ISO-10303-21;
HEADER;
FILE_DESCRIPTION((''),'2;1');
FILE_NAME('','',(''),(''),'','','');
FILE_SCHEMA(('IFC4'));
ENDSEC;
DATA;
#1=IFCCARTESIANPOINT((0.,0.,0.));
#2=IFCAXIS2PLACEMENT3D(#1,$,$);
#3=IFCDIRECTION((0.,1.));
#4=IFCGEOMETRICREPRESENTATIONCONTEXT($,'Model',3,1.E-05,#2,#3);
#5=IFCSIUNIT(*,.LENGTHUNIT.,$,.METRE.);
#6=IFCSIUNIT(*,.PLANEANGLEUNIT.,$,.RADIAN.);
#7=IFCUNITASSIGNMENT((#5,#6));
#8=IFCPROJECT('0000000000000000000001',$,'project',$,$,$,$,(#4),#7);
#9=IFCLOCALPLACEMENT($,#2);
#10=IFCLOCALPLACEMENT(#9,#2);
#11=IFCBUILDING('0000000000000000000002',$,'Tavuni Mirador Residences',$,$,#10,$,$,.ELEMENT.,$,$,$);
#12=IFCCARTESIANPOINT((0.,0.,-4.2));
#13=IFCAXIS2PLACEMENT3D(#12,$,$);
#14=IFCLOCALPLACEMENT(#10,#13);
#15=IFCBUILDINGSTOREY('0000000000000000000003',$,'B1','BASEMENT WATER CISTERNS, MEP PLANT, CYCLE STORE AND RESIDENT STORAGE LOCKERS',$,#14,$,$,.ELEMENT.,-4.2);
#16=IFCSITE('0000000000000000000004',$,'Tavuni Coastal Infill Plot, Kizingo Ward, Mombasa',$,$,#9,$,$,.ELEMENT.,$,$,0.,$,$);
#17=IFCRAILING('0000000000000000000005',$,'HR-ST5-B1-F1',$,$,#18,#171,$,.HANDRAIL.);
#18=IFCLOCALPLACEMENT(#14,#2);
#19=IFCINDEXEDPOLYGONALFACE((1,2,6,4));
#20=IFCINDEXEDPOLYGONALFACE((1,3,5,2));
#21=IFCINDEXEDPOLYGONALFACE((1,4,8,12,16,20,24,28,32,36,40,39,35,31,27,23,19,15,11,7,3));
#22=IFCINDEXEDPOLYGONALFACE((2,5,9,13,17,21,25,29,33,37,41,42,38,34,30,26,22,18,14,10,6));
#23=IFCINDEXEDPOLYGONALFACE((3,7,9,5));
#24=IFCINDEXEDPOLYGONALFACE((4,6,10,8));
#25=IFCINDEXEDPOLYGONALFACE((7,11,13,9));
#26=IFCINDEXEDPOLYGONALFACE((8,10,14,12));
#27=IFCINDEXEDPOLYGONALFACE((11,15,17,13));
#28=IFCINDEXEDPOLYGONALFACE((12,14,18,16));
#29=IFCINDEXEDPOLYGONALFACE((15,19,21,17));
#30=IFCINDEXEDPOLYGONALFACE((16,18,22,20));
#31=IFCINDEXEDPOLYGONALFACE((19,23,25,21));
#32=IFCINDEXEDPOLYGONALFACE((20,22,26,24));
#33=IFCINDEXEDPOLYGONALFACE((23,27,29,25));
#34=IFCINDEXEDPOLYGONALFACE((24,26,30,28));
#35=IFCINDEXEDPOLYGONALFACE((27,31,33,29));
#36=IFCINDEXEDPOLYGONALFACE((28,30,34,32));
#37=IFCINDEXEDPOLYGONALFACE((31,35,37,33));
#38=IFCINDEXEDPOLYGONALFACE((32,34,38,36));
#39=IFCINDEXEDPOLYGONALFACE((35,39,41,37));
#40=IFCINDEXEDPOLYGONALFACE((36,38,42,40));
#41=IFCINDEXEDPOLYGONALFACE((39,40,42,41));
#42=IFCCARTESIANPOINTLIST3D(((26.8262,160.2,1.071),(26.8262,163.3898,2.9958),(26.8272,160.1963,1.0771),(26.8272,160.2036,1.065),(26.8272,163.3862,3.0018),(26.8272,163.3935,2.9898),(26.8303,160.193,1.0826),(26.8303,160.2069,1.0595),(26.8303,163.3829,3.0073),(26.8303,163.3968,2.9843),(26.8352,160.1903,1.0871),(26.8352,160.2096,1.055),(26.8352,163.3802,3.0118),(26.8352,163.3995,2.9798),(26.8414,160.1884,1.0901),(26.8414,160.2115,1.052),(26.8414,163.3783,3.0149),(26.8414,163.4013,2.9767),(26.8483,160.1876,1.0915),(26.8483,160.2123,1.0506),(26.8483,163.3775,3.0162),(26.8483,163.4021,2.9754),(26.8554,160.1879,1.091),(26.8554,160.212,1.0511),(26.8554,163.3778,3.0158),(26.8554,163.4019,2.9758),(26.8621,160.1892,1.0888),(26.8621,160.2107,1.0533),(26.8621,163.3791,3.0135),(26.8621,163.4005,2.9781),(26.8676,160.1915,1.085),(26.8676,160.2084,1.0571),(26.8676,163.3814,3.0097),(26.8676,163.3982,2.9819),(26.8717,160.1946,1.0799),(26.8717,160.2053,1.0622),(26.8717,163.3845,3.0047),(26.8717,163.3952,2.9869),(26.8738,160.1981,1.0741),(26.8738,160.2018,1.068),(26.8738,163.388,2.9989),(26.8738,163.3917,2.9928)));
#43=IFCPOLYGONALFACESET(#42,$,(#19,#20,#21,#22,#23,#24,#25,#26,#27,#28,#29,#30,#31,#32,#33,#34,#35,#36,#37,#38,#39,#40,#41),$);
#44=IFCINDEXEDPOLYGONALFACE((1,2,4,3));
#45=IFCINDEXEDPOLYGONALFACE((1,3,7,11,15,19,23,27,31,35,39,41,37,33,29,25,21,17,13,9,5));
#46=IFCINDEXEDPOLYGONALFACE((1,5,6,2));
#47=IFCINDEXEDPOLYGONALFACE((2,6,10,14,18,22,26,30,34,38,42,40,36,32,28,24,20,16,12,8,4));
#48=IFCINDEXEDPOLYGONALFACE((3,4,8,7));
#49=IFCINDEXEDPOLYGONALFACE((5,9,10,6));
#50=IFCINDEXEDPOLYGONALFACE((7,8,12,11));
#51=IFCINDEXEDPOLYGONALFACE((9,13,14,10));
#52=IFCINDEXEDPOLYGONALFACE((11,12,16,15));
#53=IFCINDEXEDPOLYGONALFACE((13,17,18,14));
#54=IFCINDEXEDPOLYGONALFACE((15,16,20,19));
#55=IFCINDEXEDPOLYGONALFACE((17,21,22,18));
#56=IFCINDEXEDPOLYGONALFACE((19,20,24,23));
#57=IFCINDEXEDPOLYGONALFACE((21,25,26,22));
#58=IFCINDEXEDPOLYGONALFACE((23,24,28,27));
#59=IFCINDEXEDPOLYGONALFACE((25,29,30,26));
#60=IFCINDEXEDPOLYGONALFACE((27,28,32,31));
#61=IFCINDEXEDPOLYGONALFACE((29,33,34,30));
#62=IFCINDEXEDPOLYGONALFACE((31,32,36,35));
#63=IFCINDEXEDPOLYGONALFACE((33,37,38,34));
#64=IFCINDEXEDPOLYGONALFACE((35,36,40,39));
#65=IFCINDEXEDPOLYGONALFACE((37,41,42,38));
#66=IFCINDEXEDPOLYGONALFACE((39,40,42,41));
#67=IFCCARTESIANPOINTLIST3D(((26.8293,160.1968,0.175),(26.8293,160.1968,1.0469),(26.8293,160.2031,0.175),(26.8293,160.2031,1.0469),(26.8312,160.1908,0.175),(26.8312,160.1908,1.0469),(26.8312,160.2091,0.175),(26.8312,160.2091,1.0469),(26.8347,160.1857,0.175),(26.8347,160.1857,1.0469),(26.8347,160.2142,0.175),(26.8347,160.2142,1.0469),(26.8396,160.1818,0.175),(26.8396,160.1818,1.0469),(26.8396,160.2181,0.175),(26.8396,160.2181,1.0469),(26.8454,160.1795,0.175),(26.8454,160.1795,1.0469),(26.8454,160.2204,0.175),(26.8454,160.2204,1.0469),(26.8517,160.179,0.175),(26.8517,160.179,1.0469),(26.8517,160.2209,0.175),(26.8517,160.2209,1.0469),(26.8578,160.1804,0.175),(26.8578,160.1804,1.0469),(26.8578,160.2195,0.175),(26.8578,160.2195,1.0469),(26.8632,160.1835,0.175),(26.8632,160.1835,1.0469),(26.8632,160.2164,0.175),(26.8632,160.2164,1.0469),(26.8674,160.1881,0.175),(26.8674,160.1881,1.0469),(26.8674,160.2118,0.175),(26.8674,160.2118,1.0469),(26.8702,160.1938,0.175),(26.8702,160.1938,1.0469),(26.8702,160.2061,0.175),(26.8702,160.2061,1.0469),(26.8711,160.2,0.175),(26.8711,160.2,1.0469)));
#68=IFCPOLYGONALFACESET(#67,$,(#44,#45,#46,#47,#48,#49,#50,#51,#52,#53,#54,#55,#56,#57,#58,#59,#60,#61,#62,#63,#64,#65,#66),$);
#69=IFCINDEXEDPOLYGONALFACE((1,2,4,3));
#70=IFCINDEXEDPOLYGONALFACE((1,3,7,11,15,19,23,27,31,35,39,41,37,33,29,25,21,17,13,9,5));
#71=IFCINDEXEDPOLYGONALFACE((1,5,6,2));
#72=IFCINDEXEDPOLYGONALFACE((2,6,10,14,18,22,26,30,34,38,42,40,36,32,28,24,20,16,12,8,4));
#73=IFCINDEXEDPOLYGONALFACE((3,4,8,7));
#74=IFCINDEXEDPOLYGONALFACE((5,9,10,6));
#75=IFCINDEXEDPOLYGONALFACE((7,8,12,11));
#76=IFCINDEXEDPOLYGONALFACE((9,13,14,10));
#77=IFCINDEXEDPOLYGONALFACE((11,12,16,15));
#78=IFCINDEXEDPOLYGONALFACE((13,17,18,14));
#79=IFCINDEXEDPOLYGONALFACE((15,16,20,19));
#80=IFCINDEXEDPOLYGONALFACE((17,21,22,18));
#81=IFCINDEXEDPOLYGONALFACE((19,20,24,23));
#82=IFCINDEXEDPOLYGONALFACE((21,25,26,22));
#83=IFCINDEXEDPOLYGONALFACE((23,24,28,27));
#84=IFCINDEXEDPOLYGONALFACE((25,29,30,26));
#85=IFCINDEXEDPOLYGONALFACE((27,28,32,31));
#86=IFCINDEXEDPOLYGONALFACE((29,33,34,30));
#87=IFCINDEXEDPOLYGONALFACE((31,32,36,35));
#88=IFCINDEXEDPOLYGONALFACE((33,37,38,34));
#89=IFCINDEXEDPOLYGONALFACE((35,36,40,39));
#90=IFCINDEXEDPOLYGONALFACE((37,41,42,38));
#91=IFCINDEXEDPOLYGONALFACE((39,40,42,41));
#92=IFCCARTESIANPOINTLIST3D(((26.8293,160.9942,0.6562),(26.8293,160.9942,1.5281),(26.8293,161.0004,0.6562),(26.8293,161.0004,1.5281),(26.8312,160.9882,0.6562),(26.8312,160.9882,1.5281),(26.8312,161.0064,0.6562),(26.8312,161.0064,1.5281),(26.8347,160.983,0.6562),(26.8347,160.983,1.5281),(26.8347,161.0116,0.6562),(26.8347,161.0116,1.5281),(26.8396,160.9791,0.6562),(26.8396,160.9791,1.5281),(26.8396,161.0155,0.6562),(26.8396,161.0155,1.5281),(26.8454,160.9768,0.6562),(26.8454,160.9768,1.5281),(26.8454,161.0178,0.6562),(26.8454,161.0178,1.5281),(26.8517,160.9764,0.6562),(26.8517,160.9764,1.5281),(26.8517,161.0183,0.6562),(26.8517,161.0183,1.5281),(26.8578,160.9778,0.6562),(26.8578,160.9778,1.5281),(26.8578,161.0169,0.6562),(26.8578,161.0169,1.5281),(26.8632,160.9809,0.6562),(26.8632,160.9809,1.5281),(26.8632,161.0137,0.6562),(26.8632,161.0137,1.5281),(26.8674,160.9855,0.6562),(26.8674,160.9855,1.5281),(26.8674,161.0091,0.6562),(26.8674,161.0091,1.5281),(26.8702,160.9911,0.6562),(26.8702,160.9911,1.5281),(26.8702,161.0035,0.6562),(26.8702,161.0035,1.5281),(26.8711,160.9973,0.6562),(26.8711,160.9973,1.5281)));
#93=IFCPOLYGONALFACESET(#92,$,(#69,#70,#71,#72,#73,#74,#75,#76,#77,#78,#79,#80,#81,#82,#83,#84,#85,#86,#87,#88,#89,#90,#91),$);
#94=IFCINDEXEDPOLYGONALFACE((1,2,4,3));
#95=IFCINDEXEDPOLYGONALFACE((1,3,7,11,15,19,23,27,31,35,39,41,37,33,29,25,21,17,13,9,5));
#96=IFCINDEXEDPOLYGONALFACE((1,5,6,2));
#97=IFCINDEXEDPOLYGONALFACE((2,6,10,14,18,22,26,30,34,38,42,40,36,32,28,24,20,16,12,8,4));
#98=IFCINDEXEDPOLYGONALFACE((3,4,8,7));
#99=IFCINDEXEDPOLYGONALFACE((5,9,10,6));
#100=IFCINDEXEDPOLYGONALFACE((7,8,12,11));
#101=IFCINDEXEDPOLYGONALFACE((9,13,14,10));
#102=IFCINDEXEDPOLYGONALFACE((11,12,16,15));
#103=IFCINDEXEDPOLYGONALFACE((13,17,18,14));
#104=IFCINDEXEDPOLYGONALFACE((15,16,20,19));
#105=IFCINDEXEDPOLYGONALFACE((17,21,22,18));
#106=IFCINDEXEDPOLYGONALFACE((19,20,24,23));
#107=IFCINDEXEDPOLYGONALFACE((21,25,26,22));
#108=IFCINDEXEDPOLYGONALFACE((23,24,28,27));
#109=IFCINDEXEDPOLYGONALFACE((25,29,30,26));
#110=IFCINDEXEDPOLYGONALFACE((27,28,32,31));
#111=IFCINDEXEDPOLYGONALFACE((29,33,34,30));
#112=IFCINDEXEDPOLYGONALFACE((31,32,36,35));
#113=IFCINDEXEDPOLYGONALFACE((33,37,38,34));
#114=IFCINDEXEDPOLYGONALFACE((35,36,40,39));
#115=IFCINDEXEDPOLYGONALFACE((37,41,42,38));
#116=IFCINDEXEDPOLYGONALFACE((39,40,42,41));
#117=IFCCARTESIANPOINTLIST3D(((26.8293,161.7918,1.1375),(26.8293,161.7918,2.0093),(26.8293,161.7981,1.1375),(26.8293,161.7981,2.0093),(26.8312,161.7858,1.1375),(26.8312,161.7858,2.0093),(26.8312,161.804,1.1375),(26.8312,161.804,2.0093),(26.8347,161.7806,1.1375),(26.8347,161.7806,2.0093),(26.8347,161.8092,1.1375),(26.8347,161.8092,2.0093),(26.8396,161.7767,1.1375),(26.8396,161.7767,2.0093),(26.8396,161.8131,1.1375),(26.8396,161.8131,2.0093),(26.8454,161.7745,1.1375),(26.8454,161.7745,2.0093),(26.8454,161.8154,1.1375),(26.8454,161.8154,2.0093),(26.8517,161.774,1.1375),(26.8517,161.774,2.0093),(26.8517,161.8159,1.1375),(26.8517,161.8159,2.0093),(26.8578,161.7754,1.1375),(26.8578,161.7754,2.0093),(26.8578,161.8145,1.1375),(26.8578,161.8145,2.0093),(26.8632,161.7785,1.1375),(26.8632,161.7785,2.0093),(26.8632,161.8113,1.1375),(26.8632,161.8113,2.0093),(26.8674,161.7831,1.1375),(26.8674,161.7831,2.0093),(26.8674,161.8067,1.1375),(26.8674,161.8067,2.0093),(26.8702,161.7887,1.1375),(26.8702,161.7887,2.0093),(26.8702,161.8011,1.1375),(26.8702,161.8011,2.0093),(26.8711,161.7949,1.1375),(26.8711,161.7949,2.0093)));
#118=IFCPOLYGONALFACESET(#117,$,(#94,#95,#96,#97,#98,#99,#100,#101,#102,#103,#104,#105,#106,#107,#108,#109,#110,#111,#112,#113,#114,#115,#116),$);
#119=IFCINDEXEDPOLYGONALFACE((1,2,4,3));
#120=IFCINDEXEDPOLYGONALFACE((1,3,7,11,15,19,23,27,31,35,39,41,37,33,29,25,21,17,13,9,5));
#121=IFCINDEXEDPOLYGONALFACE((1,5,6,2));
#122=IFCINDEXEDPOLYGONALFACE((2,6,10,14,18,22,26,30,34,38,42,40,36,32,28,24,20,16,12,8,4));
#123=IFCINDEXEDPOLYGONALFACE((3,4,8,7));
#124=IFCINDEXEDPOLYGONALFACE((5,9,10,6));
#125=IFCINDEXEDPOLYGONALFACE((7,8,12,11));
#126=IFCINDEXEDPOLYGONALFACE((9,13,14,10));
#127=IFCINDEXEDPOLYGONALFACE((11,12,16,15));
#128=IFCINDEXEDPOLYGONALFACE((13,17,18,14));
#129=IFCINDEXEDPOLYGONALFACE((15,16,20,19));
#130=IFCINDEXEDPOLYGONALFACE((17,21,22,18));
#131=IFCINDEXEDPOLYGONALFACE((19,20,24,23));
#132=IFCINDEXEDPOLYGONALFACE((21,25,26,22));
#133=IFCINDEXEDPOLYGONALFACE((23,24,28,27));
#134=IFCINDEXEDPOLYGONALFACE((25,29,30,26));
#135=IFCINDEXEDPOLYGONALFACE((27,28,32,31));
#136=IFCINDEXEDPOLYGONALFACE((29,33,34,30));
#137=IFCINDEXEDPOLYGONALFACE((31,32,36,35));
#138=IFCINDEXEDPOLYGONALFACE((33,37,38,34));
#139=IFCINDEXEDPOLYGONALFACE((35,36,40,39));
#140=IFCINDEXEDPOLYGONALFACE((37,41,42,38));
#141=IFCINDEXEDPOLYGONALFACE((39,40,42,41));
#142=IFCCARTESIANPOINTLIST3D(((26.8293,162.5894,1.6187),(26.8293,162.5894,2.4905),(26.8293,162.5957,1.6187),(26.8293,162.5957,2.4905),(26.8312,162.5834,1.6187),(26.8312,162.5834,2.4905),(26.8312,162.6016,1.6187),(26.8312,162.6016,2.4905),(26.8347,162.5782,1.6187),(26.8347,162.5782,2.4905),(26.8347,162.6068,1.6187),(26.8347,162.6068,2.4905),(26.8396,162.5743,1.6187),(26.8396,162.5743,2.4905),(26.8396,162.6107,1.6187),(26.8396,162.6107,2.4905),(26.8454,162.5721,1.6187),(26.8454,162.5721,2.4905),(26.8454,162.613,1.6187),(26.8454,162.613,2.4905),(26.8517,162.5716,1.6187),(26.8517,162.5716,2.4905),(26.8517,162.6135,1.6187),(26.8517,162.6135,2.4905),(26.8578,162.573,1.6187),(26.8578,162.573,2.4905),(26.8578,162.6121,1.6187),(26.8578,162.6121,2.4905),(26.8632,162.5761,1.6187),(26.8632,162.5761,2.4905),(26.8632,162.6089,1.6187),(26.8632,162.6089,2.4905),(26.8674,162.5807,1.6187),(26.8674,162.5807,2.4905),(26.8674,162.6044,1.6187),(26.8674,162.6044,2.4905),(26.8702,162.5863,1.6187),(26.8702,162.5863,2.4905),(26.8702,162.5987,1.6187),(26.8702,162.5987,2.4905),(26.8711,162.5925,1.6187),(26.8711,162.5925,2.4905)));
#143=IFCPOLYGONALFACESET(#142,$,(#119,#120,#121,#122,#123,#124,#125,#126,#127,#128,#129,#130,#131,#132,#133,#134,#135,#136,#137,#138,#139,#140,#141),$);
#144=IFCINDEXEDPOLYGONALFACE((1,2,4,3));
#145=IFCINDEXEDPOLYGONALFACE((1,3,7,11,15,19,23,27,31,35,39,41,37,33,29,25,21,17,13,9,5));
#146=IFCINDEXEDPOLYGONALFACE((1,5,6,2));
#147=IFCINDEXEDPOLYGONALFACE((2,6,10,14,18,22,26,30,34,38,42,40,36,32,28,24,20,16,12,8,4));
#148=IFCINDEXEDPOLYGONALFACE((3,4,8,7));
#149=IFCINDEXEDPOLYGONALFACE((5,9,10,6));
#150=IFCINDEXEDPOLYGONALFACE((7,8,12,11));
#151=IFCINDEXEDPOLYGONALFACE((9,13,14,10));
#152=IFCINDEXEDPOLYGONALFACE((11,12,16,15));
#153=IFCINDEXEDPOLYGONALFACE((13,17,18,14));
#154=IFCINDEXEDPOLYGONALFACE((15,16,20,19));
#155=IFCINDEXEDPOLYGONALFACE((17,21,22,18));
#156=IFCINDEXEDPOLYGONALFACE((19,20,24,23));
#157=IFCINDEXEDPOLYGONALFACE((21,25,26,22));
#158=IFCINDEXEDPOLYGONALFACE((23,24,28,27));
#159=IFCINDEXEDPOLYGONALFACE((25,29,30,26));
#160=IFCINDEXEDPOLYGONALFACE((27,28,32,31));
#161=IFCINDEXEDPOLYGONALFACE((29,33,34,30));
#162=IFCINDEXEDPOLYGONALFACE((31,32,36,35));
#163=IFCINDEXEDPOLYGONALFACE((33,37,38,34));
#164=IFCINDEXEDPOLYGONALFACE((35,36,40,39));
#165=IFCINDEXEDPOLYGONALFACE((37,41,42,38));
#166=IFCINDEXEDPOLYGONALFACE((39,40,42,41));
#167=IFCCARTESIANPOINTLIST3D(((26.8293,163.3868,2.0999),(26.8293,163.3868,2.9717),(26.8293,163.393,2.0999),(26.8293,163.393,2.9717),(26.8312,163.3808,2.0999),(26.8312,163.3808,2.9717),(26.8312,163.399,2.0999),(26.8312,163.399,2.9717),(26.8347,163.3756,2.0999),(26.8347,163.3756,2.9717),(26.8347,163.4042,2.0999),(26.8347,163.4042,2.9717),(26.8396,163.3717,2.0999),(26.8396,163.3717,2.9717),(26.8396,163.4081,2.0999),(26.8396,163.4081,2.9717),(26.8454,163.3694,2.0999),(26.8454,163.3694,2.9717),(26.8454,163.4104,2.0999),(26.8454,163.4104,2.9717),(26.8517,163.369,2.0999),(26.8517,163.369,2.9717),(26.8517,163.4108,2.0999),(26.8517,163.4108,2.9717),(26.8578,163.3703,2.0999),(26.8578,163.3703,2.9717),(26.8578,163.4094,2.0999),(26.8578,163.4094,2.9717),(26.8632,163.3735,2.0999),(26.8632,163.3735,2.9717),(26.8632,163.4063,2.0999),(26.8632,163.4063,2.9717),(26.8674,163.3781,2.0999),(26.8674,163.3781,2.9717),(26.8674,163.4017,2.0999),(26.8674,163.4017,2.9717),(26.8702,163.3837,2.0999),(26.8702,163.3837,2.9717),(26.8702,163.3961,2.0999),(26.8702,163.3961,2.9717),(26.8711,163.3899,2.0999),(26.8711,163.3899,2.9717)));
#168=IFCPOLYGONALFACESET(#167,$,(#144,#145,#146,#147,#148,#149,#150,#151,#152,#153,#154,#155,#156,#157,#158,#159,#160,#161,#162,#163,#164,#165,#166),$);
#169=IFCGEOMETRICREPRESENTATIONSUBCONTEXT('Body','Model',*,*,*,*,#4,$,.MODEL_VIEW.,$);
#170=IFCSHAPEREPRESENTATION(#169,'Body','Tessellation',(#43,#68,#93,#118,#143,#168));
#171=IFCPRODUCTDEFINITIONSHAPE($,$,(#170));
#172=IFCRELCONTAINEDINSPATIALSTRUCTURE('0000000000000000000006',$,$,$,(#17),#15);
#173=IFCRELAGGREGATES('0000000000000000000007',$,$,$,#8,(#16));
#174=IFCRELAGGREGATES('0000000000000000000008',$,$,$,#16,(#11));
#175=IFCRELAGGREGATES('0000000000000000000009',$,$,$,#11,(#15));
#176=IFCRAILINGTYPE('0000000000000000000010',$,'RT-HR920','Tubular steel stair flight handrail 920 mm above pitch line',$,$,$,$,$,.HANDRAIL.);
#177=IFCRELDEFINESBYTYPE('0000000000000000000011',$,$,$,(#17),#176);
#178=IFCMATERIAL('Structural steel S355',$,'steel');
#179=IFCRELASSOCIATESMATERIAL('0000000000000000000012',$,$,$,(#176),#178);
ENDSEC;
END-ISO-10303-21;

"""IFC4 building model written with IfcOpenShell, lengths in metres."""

from ifc_helpers import new_model, si_unit, direction, frame, origin, origin_2d, place, context, subcontext, project, spatial, circle, extrude, material, type_object, element, save


model = new_model("IFC4")

# Units and contexts
model_context = context("Model", 3, precision=1e-05, world=origin(), true_north=direction((0.0, 1.0)))
body_context = subcontext(model_context, "Body", "Model", "MODEL_VIEW")
ifc_project = project(units=[si_unit("LENGTHUNIT", "METRE"), si_unit("PLANEANGLEUNIT", "RADIAN")], contexts=[model_context])

# Site, building, storey
site_placement = place(None, origin())
site = spatial("IfcSite", under=ifc_project, at=site_placement, Name="Tavuni Coastal Infill Plot, Kizingo Ward, Mombasa", CompositionType="ELEMENT", RefElevation=0.0)
building_placement = place(site_placement, origin())
building = spatial("IfcBuilding", under=site, at=building_placement, Name="Tavuni Mirador Residences", CompositionType="ELEMENT")
storey_placement = place(building_placement, frame((0.0, 0.0, -4.2)))
storey = spatial("IfcBuildingStorey", under=building, at=storey_placement, Name="B1", Description="BASEMENT WATER CISTERNS, MEP PLANT, CYCLE STORE AND RESIDENT STORAGE LOCKERS", CompositionType="ELEMENT", Elevation=-4.2)

# Shared definitions
ifc_material_1 = material(Name="Structural steel S355", Category="steel")

# Railing
railing_type_1 = type_object("IfcRailingType", Name="RT-HR920", Description="Tubular steel stair flight handrail 920 mm above pitch line", PredefinedType="HANDRAIL", material=ifc_material_1)
railing_1_placement = place(storey_placement, frame((26.8501, 160.2, 0.175)))
element("IfcRailing", 1, at=railing_1_placement, inside=storey, type_object=railing_type_1, Name="HR-ST5-B1-F1", PredefinedType="HANDRAIL", context=body_context, shape_type="SweptSolid", body=[
    extrude(circle(Radius=0.0239, at=origin_2d()), frame((0.0, 0.0, 0.896), z_axis=(0.0, 0.856207, 0.516633), x_axis=(-1.0, 0.0, 0.0)), (0.0, 0.0, 1.0), 3.7256),
    extrude(circle(Radius=0.021, at=origin_2d()), origin(), (0.0, 0.0, 1.0), 0.8718),
    extrude(circle(Radius=0.021, at=origin_2d()), frame((0.0, 0.7974, 0.4812)), (0.0, 0.0, 1.0), 0.8718),
    extrude(circle(Radius=0.021, at=origin_2d()), frame((0.0, 1.595, 0.9624)), (0.0, 0.0, 1.0), 0.8718),
    extrude(circle(Radius=0.021, at=origin_2d()), frame((0.0, 2.3926, 1.4436)), (0.0, 0.0, 1.0), 0.8718),
    extrude(circle(Radius=0.021, at=origin_2d()), frame((0.0, 3.1899, 1.9248)), (0.0, 0.0, 1.0), 0.8718),
])

save(model, "model.ifc")
